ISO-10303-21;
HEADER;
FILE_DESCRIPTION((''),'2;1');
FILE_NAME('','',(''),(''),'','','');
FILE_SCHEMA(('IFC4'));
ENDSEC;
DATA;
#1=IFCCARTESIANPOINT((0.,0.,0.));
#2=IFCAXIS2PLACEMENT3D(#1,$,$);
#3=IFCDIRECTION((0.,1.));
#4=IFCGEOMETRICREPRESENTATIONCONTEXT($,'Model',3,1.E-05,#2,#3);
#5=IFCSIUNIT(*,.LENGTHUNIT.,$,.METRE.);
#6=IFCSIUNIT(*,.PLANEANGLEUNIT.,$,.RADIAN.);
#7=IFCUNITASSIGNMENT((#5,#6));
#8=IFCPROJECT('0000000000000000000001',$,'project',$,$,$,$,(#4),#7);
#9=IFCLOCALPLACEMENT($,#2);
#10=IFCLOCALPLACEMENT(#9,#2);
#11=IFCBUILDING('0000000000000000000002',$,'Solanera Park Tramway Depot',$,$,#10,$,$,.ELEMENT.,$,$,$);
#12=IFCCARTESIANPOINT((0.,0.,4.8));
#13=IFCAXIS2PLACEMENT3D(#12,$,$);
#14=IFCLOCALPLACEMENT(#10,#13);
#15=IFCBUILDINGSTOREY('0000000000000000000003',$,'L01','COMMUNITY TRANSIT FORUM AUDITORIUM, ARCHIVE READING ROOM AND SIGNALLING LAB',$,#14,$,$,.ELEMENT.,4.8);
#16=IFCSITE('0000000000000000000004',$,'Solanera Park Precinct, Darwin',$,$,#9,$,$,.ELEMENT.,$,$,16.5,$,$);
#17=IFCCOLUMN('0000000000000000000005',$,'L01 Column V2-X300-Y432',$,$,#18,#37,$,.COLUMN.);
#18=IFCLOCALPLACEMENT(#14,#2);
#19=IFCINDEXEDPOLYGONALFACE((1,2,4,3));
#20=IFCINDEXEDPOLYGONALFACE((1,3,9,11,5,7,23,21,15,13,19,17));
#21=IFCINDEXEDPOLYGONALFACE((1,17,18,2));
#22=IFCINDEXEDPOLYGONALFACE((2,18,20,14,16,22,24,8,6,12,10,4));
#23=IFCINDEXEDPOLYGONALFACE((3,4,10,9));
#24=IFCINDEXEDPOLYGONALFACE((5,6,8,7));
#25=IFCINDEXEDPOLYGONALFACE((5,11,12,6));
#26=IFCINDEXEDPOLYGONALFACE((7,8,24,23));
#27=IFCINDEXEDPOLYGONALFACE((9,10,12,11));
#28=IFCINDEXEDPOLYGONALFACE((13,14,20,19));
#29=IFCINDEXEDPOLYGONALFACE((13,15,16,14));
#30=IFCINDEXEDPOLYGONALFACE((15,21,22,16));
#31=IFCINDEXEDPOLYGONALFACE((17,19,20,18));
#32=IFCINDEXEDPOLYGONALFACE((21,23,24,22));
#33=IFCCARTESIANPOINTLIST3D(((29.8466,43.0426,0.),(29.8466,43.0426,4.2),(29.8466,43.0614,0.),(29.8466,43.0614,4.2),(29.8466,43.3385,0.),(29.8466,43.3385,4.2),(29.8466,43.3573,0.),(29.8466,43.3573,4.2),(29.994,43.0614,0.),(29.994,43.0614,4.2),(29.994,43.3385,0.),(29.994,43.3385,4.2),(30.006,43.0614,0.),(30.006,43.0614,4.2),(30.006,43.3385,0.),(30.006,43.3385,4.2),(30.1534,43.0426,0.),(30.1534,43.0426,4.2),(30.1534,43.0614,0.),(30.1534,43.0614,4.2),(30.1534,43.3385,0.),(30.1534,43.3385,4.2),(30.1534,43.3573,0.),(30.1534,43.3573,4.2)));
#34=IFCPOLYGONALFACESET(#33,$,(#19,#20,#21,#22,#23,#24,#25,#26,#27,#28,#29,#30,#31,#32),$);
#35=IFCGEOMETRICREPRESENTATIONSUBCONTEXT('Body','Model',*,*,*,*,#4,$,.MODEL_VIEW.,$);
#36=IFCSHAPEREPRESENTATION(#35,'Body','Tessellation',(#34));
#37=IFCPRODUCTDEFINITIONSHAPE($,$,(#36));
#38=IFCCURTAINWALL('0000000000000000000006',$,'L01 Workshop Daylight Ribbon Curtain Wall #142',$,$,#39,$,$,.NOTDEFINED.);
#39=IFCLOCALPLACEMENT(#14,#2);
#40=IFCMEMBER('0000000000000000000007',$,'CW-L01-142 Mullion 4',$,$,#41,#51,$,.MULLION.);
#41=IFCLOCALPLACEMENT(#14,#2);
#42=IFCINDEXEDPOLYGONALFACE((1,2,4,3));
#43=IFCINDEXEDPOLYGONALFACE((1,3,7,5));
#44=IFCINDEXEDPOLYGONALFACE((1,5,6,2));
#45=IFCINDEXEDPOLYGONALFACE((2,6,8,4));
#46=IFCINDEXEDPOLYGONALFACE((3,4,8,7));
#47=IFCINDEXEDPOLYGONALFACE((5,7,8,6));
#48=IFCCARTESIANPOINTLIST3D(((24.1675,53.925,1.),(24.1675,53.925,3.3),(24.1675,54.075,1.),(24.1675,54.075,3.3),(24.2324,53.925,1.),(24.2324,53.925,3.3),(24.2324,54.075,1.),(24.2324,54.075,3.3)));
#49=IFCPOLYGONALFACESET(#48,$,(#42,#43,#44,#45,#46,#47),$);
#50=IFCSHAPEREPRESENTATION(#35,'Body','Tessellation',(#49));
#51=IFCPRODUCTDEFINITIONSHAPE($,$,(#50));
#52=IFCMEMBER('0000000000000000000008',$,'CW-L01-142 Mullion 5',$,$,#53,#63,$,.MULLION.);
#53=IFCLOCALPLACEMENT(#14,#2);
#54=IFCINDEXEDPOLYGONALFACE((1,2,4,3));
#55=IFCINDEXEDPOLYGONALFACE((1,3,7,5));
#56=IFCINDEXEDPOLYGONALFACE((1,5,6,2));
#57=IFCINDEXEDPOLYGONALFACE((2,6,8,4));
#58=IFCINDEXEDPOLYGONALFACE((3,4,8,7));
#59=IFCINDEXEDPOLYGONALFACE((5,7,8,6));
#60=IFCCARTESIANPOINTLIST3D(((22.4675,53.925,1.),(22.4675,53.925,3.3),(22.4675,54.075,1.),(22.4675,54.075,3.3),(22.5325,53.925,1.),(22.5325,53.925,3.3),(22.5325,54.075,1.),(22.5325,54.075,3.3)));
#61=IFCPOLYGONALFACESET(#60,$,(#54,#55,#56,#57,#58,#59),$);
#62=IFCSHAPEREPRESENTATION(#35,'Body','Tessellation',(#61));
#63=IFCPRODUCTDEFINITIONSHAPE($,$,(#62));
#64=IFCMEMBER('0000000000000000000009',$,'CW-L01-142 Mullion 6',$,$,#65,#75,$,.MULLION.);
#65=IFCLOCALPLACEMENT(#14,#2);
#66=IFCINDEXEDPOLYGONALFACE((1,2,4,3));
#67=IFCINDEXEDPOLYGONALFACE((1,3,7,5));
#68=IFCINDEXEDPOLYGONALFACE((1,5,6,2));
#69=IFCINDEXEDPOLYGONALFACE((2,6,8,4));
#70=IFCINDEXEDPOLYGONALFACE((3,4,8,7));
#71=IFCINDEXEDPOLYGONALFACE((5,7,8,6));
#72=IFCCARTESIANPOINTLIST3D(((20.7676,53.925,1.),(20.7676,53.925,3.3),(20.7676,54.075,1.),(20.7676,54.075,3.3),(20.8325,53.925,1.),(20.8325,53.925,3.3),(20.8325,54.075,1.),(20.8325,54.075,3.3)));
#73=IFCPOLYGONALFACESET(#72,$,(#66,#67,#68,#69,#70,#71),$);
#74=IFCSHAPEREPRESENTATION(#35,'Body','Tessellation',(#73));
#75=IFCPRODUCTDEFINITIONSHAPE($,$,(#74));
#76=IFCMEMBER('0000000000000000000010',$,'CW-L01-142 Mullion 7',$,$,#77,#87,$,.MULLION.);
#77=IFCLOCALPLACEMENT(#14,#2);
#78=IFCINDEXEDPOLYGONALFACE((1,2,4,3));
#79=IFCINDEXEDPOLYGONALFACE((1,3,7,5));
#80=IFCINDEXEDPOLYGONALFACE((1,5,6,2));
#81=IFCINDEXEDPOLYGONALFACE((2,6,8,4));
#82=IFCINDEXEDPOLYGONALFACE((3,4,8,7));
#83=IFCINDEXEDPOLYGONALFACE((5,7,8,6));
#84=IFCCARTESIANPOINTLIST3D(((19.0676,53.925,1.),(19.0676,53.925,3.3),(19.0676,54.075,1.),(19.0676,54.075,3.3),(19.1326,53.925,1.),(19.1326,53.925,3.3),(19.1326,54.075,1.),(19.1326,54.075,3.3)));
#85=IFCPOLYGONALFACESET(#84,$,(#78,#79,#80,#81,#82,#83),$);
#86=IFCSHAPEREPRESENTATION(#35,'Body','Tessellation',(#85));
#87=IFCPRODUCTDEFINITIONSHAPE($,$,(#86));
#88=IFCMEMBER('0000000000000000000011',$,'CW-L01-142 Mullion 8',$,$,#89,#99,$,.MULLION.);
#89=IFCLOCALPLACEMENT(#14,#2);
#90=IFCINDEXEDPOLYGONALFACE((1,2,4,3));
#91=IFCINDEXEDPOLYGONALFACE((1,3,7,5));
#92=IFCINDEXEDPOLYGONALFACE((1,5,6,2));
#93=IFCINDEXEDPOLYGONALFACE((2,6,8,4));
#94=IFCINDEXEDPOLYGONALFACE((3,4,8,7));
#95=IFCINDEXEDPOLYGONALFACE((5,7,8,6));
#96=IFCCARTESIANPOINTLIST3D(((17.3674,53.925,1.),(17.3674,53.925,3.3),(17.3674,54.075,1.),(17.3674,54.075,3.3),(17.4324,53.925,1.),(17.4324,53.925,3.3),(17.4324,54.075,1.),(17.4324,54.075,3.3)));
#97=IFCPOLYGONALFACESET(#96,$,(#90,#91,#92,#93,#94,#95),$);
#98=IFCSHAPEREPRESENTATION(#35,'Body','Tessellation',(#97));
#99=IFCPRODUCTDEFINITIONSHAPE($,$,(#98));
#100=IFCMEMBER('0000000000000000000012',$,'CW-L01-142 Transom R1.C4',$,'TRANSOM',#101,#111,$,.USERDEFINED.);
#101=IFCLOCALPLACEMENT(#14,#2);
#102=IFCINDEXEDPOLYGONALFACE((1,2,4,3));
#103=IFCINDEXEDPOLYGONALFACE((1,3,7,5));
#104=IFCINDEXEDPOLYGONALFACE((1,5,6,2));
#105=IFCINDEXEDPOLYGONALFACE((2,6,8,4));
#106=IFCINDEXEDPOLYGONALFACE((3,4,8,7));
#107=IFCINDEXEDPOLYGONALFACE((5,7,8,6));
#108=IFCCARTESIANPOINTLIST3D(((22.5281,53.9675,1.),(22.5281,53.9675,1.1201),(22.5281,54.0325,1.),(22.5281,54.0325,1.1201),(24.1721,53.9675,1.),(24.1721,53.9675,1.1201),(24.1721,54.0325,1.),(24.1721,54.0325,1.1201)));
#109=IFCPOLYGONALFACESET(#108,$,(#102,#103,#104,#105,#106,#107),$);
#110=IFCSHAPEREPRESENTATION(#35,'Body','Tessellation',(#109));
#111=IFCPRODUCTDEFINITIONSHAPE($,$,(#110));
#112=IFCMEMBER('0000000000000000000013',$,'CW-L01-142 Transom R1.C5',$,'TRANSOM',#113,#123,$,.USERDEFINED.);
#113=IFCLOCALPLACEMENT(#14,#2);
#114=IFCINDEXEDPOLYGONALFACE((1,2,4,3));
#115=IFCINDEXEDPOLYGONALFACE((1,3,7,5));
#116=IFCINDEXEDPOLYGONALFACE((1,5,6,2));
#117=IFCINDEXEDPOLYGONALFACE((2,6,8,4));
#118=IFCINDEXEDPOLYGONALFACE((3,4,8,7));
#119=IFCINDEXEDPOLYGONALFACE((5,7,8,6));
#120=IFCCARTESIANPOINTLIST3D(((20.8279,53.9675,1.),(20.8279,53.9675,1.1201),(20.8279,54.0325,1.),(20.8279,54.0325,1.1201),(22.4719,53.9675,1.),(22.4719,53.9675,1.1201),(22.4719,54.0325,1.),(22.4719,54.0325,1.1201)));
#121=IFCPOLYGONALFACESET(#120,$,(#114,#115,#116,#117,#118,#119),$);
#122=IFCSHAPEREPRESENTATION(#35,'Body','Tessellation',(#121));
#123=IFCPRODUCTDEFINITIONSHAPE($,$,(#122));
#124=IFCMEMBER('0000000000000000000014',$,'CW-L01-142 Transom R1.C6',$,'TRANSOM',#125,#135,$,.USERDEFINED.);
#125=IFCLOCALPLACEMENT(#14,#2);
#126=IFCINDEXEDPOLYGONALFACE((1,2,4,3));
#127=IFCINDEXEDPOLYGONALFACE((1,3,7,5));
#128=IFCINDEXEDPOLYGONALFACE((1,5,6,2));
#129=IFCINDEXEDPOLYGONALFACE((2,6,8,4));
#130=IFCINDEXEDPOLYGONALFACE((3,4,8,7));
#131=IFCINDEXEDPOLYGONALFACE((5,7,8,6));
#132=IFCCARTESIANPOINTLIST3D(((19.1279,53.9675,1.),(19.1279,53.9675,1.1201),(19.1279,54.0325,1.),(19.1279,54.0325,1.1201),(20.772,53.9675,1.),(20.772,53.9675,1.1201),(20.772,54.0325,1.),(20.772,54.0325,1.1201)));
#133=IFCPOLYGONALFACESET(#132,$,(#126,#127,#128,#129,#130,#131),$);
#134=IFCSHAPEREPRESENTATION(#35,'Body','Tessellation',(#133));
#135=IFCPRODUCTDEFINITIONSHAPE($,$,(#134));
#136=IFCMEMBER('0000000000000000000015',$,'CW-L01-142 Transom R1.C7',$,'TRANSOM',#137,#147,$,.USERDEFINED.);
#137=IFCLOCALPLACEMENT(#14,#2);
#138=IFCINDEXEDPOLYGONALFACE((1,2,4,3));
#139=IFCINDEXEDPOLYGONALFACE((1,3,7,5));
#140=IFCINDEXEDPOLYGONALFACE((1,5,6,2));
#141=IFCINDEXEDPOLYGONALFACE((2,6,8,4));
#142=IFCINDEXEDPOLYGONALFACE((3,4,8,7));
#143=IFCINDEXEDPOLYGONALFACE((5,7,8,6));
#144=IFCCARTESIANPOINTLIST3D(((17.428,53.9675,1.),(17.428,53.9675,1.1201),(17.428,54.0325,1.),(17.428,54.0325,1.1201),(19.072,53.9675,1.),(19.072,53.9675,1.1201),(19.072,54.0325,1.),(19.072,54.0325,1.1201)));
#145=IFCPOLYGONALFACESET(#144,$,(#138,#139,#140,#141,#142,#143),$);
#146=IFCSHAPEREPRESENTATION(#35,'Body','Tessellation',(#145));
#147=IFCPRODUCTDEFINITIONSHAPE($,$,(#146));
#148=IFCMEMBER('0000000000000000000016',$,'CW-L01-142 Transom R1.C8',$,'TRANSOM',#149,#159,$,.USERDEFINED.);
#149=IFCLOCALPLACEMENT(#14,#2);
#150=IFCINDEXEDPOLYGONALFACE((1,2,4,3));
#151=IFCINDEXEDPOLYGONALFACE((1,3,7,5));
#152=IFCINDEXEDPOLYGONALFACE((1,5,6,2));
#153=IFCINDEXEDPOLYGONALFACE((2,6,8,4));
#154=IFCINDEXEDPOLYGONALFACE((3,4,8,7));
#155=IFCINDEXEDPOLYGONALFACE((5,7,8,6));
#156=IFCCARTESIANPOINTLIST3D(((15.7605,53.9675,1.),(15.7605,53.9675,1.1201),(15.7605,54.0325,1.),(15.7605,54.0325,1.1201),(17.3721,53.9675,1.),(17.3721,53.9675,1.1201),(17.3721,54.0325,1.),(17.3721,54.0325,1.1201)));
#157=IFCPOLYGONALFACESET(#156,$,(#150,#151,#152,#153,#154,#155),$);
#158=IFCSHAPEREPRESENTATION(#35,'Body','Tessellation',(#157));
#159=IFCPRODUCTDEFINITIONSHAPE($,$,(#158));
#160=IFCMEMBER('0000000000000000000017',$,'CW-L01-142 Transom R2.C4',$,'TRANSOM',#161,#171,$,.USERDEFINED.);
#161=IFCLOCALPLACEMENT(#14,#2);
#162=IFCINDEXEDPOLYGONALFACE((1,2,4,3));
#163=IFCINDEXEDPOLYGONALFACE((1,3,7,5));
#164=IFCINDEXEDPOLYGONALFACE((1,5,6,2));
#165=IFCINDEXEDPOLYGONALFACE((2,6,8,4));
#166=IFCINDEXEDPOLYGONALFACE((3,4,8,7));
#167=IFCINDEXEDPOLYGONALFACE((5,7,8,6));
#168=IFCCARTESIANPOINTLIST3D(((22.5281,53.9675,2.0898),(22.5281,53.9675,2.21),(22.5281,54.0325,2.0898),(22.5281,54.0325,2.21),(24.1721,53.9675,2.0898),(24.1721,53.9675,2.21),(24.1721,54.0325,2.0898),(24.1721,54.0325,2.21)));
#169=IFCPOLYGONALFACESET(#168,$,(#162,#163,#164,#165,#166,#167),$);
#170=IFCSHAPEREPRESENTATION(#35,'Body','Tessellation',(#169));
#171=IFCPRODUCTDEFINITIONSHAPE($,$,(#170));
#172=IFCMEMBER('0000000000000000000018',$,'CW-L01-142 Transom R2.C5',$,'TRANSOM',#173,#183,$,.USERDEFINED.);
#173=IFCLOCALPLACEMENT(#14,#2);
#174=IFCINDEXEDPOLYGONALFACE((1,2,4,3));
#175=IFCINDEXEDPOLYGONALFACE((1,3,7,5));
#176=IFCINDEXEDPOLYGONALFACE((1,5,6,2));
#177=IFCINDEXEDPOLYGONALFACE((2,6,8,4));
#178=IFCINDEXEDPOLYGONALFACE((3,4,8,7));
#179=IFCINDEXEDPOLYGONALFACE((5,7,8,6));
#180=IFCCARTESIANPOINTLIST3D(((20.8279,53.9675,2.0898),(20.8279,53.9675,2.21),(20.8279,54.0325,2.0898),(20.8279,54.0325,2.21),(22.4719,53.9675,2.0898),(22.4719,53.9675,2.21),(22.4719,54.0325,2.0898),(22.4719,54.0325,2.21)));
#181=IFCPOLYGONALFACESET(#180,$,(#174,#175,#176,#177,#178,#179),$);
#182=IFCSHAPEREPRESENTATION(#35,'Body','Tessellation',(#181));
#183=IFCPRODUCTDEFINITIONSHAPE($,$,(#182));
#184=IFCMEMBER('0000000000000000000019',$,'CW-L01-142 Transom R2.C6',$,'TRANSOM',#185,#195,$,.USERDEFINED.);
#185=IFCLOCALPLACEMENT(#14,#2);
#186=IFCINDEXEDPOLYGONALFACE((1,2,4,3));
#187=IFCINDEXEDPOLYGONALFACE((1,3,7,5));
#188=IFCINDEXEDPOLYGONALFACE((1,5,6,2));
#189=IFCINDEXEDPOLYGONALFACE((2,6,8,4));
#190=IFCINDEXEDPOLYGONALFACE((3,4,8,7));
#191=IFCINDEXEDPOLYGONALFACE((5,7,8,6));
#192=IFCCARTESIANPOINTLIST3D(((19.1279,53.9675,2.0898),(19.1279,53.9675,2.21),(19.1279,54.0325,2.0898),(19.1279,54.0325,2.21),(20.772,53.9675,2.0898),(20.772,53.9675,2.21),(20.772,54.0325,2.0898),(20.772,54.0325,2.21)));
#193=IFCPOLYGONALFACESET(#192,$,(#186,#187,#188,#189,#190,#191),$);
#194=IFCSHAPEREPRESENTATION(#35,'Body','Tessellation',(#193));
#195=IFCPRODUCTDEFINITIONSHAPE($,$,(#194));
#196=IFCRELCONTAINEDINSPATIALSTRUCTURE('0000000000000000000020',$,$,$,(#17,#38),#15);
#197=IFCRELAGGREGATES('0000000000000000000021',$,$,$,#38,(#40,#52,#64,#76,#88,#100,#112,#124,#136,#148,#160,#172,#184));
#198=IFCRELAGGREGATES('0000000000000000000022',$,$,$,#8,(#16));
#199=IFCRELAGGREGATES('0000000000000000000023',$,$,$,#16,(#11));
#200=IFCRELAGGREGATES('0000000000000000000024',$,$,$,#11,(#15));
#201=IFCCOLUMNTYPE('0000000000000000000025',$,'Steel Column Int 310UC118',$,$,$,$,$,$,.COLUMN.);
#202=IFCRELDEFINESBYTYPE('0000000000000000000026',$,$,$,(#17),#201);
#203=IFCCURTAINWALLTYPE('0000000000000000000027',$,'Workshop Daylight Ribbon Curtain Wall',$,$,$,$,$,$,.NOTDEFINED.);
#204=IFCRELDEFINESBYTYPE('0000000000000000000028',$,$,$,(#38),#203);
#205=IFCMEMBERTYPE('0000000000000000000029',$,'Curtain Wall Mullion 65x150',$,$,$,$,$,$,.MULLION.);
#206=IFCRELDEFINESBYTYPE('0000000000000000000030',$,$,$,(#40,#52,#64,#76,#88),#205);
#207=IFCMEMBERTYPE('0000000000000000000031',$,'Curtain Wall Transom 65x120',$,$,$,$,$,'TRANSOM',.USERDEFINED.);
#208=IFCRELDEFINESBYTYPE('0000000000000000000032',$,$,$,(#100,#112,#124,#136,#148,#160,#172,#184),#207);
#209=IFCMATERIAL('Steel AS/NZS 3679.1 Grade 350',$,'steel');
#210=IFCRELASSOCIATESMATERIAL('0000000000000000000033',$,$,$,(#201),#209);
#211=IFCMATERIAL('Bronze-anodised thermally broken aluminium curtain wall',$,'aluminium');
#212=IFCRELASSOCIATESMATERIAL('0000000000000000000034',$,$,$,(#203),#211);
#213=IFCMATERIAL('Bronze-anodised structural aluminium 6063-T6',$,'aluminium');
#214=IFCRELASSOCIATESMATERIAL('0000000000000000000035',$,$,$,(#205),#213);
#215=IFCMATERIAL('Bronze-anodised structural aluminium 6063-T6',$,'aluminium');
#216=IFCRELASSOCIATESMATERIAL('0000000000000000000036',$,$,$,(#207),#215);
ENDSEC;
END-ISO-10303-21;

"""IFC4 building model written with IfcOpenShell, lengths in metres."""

from ifc_helpers import new_model, si_unit, direction, frame, origin, origin_2d, place, context, subcontext, project, spatial, rectangle, i_section, extrude, material, material_profile, profile_set, type_object, element, aggregate, save


model = new_model("IFC4")

# Units and contexts
model_context = context("Model", 3, precision=1e-05, world=origin(), true_north=direction((0.0, 1.0)))
body_context = subcontext(model_context, "Body", "Model", "MODEL_VIEW")
ifc_project = project(units=[si_unit("LENGTHUNIT", "METRE"), si_unit("PLANEANGLEUNIT", "RADIAN")], contexts=[model_context])

# Site, building, storey
site_placement = place(None, origin())
site = spatial("IfcSite", under=ifc_project, at=site_placement, Name="Solanera Park Precinct, Darwin", CompositionType="ELEMENT", RefElevation=16.5)
building_placement = place(site_placement, origin())
building = spatial("IfcBuilding", under=site, at=building_placement, Name="Solanera Park Tramway Depot", CompositionType="ELEMENT")
storey_placement = place(building_placement, frame((0.0, 0.0, 4.8)))
storey = spatial("IfcBuildingStorey", under=building, at=storey_placement, Name="L01", Description="COMMUNITY TRANSIT FORUM AUDITORIUM, ARCHIVE READING ROOM AND SIGNALLING LAB", CompositionType="ELEMENT", Elevation=4.8)

# Column
ifc_material_1 = material(Name="Steel AS/NZS 3679.1 Grade 350", Category="steel")
ifc_material_profile_1 = material_profile(ifc_material_1, i_section(OverallWidth=0.3069, OverallDepth=0.3147, WebThickness=0.012, FlangeThickness=0.0188, at=origin_2d()), Name="310UC118")
ifc_profile_set_1 = profile_set([ifc_material_profile_1], Name="Steel AS/NZS 3679.1 Grade 350")
column_type = type_object("IfcColumnType", Name="Steel Column Int 310UC118", PredefinedType="COLUMN", material=ifc_profile_set_1)
column_placement = place(storey_placement, frame((30.0, 43.2, 0.0), z_axis=(0.0, 0.0, 1.0), x_axis=(1.0, 0.0, 0.0)))
element("IfcColumn", 1, at=column_placement, inside=storey, type_object=column_type, Name="L01 Column V2-X300-Y432", PredefinedType="COLUMN", context=body_context, shape_type="SweptSolid", body=[
    extrude(i_section(OverallWidth=0.3069, OverallDepth=0.3147, WebThickness=0.012, FlangeThickness=0.0188, at=origin_2d()), origin(), (0.0, 0.0, 1.0), 4.2),
])

# Curtain wall, members
ifc_material_2 = material(Name="Bronze-anodised thermally broken aluminium curtain wall", Category="aluminium")
curtain_wall_type = type_object("IfcCurtainWallType", Name="Workshop Daylight Ribbon Curtain Wall", PredefinedType="NOTDEFINED", material=ifc_material_2)
curtain_wall_placement = place(storey_placement, origin())
curtain_wall = element("IfcCurtainWall", 2, at=curtain_wall_placement, inside=storey, type_object=curtain_wall_type, Name="L01 Workshop Daylight Ribbon Curtain Wall #142", PredefinedType="NOTDEFINED")
ifc_material_3 = material(Name="Bronze-anodised structural aluminium 6063-T6", Category="aluminium")
ifc_material_profile_2 = material_profile(ifc_material_3, rectangle(XDim=0.0649, YDim=0.1499, at=origin_2d()), Name="Curtain Wall Mullion 65x150")
ifc_profile_set_2 = profile_set([ifc_material_profile_2], Name="Bronze-anodised structural aluminium 6063-T6")
member_type_1 = type_object("IfcMemberType", Name="Curtain Wall Mullion 65x150", PredefinedType="MULLION", material=ifc_profile_set_2)
member_1_placement = place(storey_placement, frame((24.2, 54.0, 1.0), z_axis=(0.0, 0.0, 1.0), x_axis=(1.0, 0.0, 0.0)))
member_1 = element("IfcMember", 3, at=member_1_placement, type_object=member_type_1, Name="CW-L01-142 Mullion 4", PredefinedType="MULLION", context=body_context, shape_type="SweptSolid", body=[
    extrude(rectangle(XDim=0.0649, YDim=0.1499, at=origin_2d()), origin(), (0.0, 0.0, 1.0), 2.3),
])
member_2_placement = place(storey_placement, frame((22.5, 54.0, 1.0), z_axis=(0.0, 0.0, 1.0), x_axis=(1.0, 0.0, 0.0)))
member_2 = element("IfcMember", 4, at=member_2_placement, type_object=member_type_1, Name="CW-L01-142 Mullion 5", PredefinedType="MULLION", context=body_context, shape_type="SweptSolid", body=[
    extrude(rectangle(XDim=0.0649, YDim=0.1499, at=origin_2d()), origin(), (0.0, 0.0, 1.0), 2.3),
])
member_3_placement = place(storey_placement, frame((20.8, 54.0, 1.0), z_axis=(0.0, 0.0, 1.0), x_axis=(1.0, 0.0, 0.0)))
member_3 = element("IfcMember", 5, at=member_3_placement, type_object=member_type_1, Name="CW-L01-142 Mullion 6", PredefinedType="MULLION", context=body_context, shape_type="SweptSolid", body=[
    extrude(rectangle(XDim=0.0649, YDim=0.1499, at=origin_2d()), origin(), (0.0, 0.0, 1.0), 2.3),
])
member_4_placement = place(storey_placement, frame((19.1001, 54.0, 1.0), z_axis=(0.0, 0.0, 1.0), x_axis=(1.0, 0.0, 0.0)))
member_4 = element("IfcMember", 6, at=member_4_placement, type_object=member_type_1, Name="CW-L01-142 Mullion 7", PredefinedType="MULLION", context=body_context, shape_type="SweptSolid", body=[
    extrude(rectangle(XDim=0.0649, YDim=0.1499, at=origin_2d()), origin(), (0.0, 0.0, 1.0), 2.3),
])
member_5_placement = place(storey_placement, frame((17.3999, 54.0, 1.0), z_axis=(0.0, 0.0, 1.0), x_axis=(1.0, 0.0, 0.0)))
member_5 = element("IfcMember", 7, at=member_5_placement, type_object=member_type_1, Name="CW-L01-142 Mullion 8", PredefinedType="MULLION", context=body_context, shape_type="SweptSolid", body=[
    extrude(rectangle(XDim=0.0649, YDim=0.1499, at=origin_2d()), origin(), (0.0, 0.0, 1.0), 2.3),
])
ifc_material_4 = material(Name="Bronze-anodised structural aluminium 6063-T6", Category="aluminium")
ifc_material_profile_3 = material_profile(ifc_material_4, rectangle(XDim=0.0649, YDim=0.1201, at=origin_2d()), Name="Curtain Wall Transom 65x120")
ifc_profile_set_3 = profile_set([ifc_material_profile_3], Name="Bronze-anodised structural aluminium 6063-T6")
member_type_2 = type_object("IfcMemberType", Name="Curtain Wall Transom 65x120", ElementType="TRANSOM", PredefinedType="USERDEFINED", material=ifc_profile_set_3)
member_6_placement = place(storey_placement, frame((24.1721, 54.0, 1.0601), z_axis=(-1.0, 0.0, 0.0), x_axis=(0.0, -1.0, 0.0)))
member_6 = element("IfcMember", 8, at=member_6_placement, type_object=member_type_2, Name="CW-L01-142 Transom R1.C4", ObjectType="TRANSOM", PredefinedType="USERDEFINED", context=body_context, shape_type="SweptSolid", body=[
    extrude(rectangle(XDim=0.0649, YDim=0.1201, at=origin_2d()), origin(), (0.0, 0.0, 1.0), 1.644),
])
member_7_placement = place(storey_placement, frame((22.4719, 54.0, 1.0601), z_axis=(-1.0, 0.0, 0.0), x_axis=(0.0, -1.0, 0.0)))
member_7 = element("IfcMember", 9, at=member_7_placement, type_object=member_type_2, Name="CW-L01-142 Transom R1.C5", ObjectType="TRANSOM", PredefinedType="USERDEFINED", context=body_context, shape_type="SweptSolid", body=[
    extrude(rectangle(XDim=0.0649, YDim=0.1201, at=origin_2d()), origin(), (0.0, 0.0, 1.0), 1.644),
])
member_8_placement = place(storey_placement, frame((20.772, 54.0, 1.0601), z_axis=(-1.0, 0.0, 0.0), x_axis=(0.0, -1.0, 0.0)))
member_8 = element("IfcMember", 10, at=member_8_placement, type_object=member_type_2, Name="CW-L01-142 Transom R1.C6", ObjectType="TRANSOM", PredefinedType="USERDEFINED", context=body_context, shape_type="SweptSolid", body=[
    extrude(rectangle(XDim=0.0649, YDim=0.1201, at=origin_2d()), origin(), (0.0, 0.0, 1.0), 1.644),
])
member_9_placement = place(storey_placement, frame((19.072, 54.0, 1.0601), z_axis=(-1.0, 0.0, 0.0), x_axis=(0.0, -1.0, 0.0)))
member_9 = element("IfcMember", 11, at=member_9_placement, type_object=member_type_2, Name="CW-L01-142 Transom R1.C7", ObjectType="TRANSOM", PredefinedType="USERDEFINED", context=body_context, shape_type="SweptSolid", body=[
    extrude(rectangle(XDim=0.0649, YDim=0.1201, at=origin_2d()), origin(), (0.0, 0.0, 1.0), 1.644),
])
member_10_placement = place(storey_placement, frame((17.3721, 54.0, 1.0601), z_axis=(-1.0, 0.0, 0.0), x_axis=(0.0, -1.0, 0.0)))
member_10 = element("IfcMember", 12, at=member_10_placement, type_object=member_type_2, Name="CW-L01-142 Transom R1.C8", ObjectType="TRANSOM", PredefinedType="USERDEFINED", context=body_context, shape_type="SweptSolid", body=[
    extrude(rectangle(XDim=0.0649, YDim=0.1201, at=origin_2d()), origin(), (0.0, 0.0, 1.0), 1.6116),
])
member_11_placement = place(storey_placement, frame((24.1721, 54.0, 2.1499), z_axis=(-1.0, 0.0, 0.0), x_axis=(0.0, -1.0, 0.0)))
member_11 = element("IfcMember", 13, at=member_11_placement, type_object=member_type_2, Name="CW-L01-142 Transom R2.C4", ObjectType="TRANSOM", PredefinedType="USERDEFINED", context=body_context, shape_type="SweptSolid", body=[
    extrude(rectangle(XDim=0.0649, YDim=0.1201, at=origin_2d()), origin(), (0.0, 0.0, 1.0), 1.644),
])
member_12_placement = place(storey_placement, frame((22.4719, 54.0, 2.1499), z_axis=(-1.0, 0.0, 0.0), x_axis=(0.0, -1.0, 0.0)))
member_12 = element("IfcMember", 14, at=member_12_placement, type_object=member_type_2, Name="CW-L01-142 Transom R2.C5", ObjectType="TRANSOM", PredefinedType="USERDEFINED", context=body_context, shape_type="SweptSolid", body=[
    extrude(rectangle(XDim=0.0649, YDim=0.1201, at=origin_2d()), origin(), (0.0, 0.0, 1.0), 1.644),
])
member_13_placement = place(storey_placement, frame((20.772, 54.0, 2.1499), z_axis=(-1.0, 0.0, 0.0), x_axis=(0.0, -1.0, 0.0)))
member_13 = element("IfcMember", 15, at=member_13_placement, type_object=member_type_2, Name="CW-L01-142 Transom R2.C6", ObjectType="TRANSOM", PredefinedType="USERDEFINED", context=body_context, shape_type="SweptSolid", body=[
    extrude(rectangle(XDim=0.0649, YDim=0.1201, at=origin_2d()), origin(), (0.0, 0.0, 1.0), 1.644),
])

aggregate(curtain_wall, [member_1, member_2, member_3, member_4, member_5, member_6, member_7, member_8, member_9, member_10, member_11, member_12, member_13])

save(model, "model.ifc")
